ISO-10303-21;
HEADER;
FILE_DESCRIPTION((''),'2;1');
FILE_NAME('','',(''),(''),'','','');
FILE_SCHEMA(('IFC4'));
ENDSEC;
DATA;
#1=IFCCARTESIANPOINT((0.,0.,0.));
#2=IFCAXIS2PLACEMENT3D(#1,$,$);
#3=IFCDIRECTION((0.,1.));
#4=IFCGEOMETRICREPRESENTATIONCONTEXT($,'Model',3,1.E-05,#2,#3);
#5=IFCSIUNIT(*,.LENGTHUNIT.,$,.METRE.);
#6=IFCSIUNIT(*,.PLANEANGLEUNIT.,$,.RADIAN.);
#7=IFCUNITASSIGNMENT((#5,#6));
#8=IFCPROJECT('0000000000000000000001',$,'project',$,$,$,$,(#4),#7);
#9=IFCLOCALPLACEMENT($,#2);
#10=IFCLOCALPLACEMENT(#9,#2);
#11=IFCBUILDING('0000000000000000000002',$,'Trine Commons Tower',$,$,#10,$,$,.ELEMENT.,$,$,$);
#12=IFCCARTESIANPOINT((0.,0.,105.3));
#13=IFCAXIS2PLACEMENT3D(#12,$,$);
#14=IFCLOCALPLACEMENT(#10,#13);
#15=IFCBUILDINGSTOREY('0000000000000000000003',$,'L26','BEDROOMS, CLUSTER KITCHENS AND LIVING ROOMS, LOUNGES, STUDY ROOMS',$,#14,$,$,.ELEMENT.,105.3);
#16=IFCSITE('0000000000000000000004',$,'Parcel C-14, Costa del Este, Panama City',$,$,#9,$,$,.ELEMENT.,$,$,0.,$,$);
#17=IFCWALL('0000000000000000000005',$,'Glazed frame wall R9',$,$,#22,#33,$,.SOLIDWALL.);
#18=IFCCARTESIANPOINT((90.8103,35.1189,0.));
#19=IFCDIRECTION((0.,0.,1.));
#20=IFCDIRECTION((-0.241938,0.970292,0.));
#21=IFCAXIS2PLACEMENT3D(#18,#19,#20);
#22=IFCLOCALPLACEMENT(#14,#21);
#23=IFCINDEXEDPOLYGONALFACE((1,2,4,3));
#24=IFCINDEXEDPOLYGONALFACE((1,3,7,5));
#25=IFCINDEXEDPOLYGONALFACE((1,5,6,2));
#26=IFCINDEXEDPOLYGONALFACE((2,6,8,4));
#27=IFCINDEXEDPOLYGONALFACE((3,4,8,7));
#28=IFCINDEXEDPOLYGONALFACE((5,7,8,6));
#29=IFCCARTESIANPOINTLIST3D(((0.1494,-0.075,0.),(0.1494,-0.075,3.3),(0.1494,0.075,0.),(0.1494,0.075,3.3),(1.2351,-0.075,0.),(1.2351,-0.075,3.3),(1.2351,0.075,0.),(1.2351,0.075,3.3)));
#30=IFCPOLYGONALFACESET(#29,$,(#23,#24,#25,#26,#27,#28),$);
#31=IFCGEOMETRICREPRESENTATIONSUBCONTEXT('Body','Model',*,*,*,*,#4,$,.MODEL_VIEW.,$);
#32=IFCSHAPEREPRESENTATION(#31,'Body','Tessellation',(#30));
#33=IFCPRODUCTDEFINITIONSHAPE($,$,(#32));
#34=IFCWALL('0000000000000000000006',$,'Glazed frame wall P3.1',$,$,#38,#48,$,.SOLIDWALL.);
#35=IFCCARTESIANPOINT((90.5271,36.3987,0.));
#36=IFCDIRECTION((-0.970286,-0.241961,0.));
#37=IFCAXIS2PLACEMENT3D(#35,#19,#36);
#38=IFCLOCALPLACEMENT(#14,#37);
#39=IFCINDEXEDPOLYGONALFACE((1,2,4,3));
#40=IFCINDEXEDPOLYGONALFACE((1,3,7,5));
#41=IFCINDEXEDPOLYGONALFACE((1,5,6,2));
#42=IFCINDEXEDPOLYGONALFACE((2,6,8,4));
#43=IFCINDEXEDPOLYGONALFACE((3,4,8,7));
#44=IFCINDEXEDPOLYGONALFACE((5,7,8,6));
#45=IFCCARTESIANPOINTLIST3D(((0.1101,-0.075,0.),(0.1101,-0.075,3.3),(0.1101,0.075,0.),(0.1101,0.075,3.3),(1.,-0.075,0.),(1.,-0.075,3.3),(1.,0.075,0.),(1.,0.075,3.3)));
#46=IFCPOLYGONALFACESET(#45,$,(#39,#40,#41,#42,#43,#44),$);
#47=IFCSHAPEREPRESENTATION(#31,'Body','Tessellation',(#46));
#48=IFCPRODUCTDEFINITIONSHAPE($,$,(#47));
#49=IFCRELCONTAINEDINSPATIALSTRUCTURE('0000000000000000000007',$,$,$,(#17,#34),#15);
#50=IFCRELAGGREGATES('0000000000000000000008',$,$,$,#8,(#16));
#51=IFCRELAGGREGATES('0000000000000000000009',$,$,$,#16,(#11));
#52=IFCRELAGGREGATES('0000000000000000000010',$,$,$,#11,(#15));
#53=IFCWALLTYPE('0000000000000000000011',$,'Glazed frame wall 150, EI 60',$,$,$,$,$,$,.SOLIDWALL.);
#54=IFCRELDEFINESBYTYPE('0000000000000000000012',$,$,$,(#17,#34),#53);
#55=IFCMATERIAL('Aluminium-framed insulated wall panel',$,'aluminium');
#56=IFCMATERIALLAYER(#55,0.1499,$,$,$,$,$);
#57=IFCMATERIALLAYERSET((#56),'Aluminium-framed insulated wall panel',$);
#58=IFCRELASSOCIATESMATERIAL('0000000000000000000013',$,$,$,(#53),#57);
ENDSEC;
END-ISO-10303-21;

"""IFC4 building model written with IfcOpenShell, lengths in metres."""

from ifc_helpers import new_model, si_unit, direction, frame, origin, place, context, subcontext, project, spatial, polyline, outline, extrude, material, layer, layer_set, type_object, element, save


model = new_model("IFC4")

# Units and contexts
model_context = context("Model", 3, precision=1e-05, world=origin(), true_north=direction((0.0, 1.0)))
body_context = subcontext(model_context, "Body", "Model", "MODEL_VIEW")
ifc_project = project(units=[si_unit("LENGTHUNIT", "METRE"), si_unit("PLANEANGLEUNIT", "RADIAN")], contexts=[model_context])

# Site, building, storey
site_placement = place(None, origin())
site = spatial("IfcSite", under=ifc_project, at=site_placement, Name="Parcel C-14, Costa del Este, Panama City", CompositionType="ELEMENT", RefElevation=0.0)
building_placement = place(site_placement, origin())
building = spatial("IfcBuilding", under=site, at=building_placement, Name="Trine Commons Tower", CompositionType="ELEMENT")
storey_placement = place(building_placement, frame((0.0, 0.0, 105.3)))
storey = spatial("IfcBuildingStorey", under=building, at=storey_placement, Name="L26", Description="BEDROOMS, CLUSTER KITCHENS AND LIVING ROOMS, LOUNGES, STUDY ROOMS", CompositionType="ELEMENT", Elevation=105.3)

# Walls
ifc_material_1 = material(Name="Aluminium-framed insulated wall panel", Category="aluminium")
ifc_layer_1 = layer(ifc_material_1, 0.1499)
ifc_layer_set_1 = layer_set([ifc_layer_1], Name="Aluminium-framed insulated wall panel")
wall_type_1 = type_object("IfcWallType", Name="Glazed frame wall 150, EI 60", PredefinedType="SOLIDWALL", material=ifc_layer_set_1)
wall_1_placement = place(storey_placement, frame((90.8103, 35.1189, 0.0), z_axis=(0.0, 0.0, 1.0), x_axis=(-0.241938, 0.970292, 0.0)))
element("IfcWall", 1, at=wall_1_placement, inside=storey, type_object=wall_type_1, Name="Glazed frame wall R9", PredefinedType="SOLIDWALL", context=body_context, shape_type="SweptSolid", body=[
    extrude(outline(polyline([(0.1494, 0.075), (0.1494, -0.075), (1.2351, -0.075), (1.2351, 0.075), (0.1494, 0.075)])), origin(), (0.0, 0.0, 1.0), 3.3),
])
wall_2_placement = place(storey_placement, frame((90.5271, 36.3987, 0.0), z_axis=(0.0, 0.0, 1.0), x_axis=(-0.970286, -0.241961, 0.0)))
element("IfcWall", 2, at=wall_2_placement, inside=storey, type_object=wall_type_1, Name="Glazed frame wall P3.1", PredefinedType="SOLIDWALL", context=body_context, shape_type="SweptSolid", body=[
    extrude(outline(polyline([(0.1101, -0.075), (1.0, -0.075), (1.0, 0.075), (0.1101, 0.075), (0.1101, -0.075)])), origin(), (0.0, 0.0, 1.0), 3.3),
])

save(model, "model.ifc")
